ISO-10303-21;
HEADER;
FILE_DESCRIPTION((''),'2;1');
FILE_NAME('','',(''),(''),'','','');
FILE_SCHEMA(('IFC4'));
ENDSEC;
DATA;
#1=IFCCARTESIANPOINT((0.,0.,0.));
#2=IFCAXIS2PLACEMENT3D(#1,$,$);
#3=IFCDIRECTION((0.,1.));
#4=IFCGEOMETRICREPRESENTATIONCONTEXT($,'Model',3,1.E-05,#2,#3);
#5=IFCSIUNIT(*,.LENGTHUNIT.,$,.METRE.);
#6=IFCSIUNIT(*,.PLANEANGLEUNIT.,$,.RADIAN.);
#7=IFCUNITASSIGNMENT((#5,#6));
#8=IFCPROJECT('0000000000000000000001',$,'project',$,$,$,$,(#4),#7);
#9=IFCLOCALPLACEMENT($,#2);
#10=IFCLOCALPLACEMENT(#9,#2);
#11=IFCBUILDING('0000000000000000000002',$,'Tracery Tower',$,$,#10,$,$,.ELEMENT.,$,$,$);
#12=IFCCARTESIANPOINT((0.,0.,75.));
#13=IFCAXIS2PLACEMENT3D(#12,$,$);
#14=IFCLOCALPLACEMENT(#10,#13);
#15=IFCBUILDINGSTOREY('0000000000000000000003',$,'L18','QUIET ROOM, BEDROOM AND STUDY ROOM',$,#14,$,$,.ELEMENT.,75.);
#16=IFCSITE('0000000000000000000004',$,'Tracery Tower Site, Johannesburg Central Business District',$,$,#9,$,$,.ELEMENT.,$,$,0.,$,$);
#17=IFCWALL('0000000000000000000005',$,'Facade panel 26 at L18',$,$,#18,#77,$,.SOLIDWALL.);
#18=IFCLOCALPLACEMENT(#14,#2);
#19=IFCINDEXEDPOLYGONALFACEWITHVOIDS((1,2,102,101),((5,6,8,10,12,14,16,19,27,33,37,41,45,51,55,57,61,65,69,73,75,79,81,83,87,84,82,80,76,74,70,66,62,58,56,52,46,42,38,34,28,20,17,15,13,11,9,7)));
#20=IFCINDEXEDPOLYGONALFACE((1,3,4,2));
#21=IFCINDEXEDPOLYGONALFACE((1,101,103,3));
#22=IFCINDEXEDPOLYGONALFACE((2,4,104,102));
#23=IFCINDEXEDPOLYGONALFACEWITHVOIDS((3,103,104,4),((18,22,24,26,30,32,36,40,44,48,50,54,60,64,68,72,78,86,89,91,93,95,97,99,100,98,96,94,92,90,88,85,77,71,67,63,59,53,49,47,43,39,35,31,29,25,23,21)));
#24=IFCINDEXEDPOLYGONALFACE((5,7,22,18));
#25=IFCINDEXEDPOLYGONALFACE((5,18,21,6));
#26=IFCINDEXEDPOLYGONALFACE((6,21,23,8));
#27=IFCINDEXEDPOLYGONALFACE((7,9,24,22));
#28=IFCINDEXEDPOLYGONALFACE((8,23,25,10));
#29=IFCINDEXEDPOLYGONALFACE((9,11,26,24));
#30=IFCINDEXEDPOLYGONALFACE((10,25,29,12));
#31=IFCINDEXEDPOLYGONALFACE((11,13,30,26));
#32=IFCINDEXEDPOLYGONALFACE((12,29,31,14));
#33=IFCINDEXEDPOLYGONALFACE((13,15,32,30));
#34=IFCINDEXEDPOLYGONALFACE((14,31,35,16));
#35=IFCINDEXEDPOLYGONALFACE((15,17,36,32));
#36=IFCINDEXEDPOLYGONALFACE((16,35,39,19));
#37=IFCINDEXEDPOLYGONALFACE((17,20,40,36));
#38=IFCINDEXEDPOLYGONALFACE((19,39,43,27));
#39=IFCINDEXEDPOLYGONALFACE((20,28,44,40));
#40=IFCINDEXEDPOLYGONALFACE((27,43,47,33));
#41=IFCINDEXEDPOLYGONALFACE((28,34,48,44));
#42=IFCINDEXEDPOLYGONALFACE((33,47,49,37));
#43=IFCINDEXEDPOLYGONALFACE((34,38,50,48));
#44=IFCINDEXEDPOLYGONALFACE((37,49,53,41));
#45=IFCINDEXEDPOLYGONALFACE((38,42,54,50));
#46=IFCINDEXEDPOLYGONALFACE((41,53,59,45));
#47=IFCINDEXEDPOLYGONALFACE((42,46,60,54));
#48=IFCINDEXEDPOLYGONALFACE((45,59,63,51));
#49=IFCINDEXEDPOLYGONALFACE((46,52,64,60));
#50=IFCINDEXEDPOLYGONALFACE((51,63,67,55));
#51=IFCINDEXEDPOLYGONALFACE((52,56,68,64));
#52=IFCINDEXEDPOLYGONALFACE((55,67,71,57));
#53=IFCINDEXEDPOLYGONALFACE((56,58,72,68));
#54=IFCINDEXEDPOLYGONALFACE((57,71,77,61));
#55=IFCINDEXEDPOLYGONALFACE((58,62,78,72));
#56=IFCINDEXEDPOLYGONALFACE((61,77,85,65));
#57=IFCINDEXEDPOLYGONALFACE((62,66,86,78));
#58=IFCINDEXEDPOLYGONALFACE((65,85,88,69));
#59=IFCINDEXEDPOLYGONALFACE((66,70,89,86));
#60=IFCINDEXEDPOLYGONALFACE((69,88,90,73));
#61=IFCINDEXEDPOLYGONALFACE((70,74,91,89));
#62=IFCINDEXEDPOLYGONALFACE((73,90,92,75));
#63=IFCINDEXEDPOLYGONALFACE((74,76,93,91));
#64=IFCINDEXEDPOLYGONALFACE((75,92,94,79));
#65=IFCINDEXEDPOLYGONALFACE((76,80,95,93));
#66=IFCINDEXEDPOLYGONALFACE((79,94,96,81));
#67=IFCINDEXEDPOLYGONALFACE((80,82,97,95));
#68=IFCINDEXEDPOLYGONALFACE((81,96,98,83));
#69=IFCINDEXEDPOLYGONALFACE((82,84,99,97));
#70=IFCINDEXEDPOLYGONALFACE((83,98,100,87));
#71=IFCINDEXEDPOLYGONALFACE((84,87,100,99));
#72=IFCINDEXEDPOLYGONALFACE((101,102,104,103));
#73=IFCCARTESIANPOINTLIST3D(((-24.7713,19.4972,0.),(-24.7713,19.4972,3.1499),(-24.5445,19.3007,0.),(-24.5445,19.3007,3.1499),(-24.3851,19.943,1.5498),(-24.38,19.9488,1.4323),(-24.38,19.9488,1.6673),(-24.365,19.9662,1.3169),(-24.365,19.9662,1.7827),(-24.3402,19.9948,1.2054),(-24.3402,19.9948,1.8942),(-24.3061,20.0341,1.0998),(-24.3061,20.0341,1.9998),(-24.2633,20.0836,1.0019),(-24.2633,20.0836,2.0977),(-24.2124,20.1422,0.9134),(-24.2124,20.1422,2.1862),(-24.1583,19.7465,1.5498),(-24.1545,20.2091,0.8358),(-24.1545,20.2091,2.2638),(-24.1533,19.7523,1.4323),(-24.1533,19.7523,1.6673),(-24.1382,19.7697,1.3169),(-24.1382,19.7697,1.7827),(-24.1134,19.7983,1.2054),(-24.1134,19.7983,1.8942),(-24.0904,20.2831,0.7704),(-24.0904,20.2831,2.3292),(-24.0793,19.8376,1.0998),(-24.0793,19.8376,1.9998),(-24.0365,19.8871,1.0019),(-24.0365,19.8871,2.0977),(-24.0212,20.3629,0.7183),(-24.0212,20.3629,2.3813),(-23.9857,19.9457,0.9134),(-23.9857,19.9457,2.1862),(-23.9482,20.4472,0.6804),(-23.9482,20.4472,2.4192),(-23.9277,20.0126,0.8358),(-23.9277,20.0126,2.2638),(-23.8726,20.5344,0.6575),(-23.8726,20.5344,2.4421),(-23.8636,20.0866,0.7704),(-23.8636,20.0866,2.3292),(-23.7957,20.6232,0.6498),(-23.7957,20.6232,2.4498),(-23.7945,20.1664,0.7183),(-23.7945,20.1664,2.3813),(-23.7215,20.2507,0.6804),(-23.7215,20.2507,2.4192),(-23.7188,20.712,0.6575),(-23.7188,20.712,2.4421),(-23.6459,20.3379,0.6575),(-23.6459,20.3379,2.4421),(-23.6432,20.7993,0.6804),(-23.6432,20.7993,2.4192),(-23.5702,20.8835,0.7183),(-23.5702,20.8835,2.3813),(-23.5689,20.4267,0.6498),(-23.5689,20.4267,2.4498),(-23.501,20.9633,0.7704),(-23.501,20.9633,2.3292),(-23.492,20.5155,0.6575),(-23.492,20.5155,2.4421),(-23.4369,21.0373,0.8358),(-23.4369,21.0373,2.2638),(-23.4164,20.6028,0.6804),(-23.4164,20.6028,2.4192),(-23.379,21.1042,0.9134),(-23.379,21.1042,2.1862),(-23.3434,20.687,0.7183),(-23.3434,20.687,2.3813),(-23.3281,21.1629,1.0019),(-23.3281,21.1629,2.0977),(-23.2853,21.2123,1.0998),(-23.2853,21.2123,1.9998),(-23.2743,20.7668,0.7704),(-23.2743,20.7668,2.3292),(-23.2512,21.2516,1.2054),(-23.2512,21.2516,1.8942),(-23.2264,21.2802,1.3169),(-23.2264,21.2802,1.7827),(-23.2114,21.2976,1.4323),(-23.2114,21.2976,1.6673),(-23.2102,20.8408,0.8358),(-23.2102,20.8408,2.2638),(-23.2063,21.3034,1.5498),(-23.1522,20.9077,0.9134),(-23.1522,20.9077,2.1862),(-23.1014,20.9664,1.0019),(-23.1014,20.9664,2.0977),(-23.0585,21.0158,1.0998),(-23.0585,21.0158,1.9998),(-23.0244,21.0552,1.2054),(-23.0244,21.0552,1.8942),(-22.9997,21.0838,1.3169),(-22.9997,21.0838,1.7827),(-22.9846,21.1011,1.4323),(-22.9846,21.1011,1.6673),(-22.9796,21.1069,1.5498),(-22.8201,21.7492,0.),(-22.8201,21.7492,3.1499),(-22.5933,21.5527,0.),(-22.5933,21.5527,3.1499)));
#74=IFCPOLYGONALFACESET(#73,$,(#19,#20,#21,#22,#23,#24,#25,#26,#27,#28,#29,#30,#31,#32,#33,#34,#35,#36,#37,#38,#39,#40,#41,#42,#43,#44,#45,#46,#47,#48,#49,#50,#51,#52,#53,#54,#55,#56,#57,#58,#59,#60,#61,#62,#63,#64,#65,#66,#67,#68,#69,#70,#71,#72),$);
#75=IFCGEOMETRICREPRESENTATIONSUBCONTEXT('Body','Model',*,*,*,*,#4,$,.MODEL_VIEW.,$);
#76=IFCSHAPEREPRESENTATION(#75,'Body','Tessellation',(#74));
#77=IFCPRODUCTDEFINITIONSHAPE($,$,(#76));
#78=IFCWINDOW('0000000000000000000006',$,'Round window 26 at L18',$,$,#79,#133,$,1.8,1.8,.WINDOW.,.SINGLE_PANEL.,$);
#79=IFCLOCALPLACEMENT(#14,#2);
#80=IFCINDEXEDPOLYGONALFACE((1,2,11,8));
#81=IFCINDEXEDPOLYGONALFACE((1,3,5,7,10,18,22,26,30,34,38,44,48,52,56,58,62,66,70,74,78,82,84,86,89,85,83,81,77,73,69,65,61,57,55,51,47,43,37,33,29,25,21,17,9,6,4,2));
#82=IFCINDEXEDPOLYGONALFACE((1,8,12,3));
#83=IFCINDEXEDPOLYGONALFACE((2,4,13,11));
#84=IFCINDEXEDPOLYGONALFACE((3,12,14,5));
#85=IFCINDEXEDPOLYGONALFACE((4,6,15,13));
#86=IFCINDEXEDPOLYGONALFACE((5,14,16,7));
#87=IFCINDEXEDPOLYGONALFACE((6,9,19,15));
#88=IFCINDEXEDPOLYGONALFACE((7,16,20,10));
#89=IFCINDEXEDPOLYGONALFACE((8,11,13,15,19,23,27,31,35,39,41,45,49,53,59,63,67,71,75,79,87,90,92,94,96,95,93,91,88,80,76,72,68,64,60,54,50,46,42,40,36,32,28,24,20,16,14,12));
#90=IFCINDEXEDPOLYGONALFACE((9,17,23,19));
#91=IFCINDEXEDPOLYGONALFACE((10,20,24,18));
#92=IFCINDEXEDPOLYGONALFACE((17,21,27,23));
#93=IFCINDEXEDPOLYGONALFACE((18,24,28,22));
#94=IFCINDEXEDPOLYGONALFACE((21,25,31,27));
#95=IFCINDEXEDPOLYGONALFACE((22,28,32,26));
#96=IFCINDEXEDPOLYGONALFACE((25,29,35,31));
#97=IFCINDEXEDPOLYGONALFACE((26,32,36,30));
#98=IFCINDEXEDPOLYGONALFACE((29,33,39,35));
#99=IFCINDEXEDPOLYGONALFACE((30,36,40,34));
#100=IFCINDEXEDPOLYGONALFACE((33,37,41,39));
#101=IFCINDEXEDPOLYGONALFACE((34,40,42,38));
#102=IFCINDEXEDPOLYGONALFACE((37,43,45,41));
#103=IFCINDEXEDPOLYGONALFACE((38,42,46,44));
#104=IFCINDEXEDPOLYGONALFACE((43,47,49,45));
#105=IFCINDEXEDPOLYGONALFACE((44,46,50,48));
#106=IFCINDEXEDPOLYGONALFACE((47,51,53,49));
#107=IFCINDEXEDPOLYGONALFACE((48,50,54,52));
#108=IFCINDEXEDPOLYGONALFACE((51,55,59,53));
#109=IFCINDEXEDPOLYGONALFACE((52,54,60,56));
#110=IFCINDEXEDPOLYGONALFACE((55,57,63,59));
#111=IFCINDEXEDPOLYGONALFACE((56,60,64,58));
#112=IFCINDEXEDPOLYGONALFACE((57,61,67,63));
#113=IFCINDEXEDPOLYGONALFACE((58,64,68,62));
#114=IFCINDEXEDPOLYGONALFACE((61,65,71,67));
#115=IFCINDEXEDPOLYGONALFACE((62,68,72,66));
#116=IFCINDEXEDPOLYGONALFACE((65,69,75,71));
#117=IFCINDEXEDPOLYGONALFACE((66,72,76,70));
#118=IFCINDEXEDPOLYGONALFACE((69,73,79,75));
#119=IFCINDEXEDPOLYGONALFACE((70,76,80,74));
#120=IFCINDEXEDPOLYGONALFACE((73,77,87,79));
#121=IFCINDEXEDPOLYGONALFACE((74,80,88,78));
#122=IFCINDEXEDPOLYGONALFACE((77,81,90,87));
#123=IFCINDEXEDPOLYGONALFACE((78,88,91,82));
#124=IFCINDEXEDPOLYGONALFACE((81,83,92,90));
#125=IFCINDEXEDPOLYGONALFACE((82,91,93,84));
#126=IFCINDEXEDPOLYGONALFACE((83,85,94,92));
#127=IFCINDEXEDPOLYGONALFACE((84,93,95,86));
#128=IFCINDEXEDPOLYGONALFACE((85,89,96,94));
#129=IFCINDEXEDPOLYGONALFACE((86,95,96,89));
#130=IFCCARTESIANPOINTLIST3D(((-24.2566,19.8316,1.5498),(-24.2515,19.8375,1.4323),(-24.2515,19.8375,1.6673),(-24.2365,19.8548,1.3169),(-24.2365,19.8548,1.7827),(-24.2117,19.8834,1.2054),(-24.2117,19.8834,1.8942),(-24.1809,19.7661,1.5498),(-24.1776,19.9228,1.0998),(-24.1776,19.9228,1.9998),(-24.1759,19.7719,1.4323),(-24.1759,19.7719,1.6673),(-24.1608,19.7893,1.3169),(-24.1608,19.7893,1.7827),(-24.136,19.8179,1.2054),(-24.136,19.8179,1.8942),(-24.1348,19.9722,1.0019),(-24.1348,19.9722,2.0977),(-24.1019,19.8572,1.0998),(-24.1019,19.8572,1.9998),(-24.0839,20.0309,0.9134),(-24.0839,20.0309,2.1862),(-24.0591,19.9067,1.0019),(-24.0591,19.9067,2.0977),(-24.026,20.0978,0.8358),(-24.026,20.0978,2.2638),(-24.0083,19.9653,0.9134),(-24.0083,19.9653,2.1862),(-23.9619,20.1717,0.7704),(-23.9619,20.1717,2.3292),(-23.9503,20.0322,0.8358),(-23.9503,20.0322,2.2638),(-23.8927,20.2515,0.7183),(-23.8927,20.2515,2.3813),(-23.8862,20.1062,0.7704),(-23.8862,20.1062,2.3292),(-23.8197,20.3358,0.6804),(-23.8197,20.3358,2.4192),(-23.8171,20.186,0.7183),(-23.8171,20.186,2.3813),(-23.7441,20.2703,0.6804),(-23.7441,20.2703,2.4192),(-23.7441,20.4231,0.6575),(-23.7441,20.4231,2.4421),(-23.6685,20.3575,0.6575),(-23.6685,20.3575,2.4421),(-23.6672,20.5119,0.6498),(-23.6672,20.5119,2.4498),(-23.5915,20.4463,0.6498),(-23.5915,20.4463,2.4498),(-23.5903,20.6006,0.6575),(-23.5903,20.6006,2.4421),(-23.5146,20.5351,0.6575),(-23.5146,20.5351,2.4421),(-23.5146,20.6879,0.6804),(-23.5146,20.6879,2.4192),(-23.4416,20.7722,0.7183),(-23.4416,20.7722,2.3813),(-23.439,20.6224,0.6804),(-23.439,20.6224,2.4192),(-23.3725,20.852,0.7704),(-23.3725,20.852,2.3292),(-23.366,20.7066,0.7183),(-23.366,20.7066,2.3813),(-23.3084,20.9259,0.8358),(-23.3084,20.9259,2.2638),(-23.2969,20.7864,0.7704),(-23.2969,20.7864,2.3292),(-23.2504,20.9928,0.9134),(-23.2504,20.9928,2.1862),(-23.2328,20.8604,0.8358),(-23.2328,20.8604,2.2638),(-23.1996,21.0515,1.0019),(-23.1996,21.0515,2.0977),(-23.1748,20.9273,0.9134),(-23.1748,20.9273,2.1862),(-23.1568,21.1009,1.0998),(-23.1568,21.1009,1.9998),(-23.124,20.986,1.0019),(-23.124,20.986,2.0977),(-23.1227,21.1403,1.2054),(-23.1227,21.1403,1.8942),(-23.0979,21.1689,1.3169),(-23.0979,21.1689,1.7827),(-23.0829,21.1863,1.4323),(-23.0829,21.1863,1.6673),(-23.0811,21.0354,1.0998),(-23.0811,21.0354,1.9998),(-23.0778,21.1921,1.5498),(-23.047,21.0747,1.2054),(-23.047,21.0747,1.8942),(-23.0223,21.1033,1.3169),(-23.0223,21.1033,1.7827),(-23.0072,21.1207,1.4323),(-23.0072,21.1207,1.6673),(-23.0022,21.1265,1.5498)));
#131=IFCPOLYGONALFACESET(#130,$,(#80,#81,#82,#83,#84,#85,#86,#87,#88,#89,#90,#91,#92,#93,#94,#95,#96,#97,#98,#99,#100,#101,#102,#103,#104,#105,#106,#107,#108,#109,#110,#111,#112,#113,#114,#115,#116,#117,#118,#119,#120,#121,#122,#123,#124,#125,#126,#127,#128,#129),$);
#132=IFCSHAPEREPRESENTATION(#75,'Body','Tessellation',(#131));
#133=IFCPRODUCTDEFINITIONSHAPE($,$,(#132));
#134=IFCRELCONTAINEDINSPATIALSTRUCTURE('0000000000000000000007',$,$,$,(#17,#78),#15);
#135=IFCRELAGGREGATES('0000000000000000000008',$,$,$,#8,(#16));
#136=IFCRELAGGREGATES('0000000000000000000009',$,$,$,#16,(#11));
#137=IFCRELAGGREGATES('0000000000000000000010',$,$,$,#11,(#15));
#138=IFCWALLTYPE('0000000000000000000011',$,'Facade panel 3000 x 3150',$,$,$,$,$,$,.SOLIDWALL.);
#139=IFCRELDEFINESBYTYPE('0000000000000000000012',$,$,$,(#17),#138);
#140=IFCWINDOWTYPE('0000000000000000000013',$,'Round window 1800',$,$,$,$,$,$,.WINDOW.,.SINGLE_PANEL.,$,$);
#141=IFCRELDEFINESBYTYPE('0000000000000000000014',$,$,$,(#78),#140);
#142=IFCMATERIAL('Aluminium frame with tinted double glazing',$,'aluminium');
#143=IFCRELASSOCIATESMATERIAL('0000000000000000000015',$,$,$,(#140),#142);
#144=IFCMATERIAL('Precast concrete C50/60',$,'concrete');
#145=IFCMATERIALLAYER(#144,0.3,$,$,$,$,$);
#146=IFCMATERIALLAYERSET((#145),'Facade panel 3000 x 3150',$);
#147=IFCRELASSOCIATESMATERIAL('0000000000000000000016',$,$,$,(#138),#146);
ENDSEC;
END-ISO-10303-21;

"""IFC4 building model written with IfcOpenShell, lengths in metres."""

from ifc_helpers import new_model, si_unit, direction, frame, frame_2d, origin, origin_2d, place, context, subcontext, project, spatial, rectangle, circle, extrude, material, layer, layer_set, type_object, element, fill, save


model = new_model("IFC4")

# Units and contexts
model_context = context("Model", 3, precision=1e-05, world=origin(), true_north=direction((0.0, 1.0)))
body_context = subcontext(model_context, "Body", "Model", "MODEL_VIEW")
ifc_project = project(units=[si_unit("LENGTHUNIT", "METRE"), si_unit("PLANEANGLEUNIT", "RADIAN")], contexts=[model_context])

# Site, building, storey
site_placement = place(None, origin())
site = spatial("IfcSite", under=ifc_project, at=site_placement, Name="Tracery Tower Site, Johannesburg Central Business District", CompositionType="ELEMENT", RefElevation=0.0)
building_placement = place(site_placement, origin())
building = spatial("IfcBuilding", under=site, at=building_placement, Name="Tracery Tower", CompositionType="ELEMENT")
storey_placement = place(building_placement, frame((0.0, 0.0, 75.0)))
storey = spatial("IfcBuildingStorey", under=building, at=storey_placement, Name="L18", Description="QUIET ROOM, BEDROOM AND STUDY ROOM", CompositionType="ELEMENT", Elevation=75.0)

# Wall, opening, window
ifc_material_1 = material(Name="Aluminium frame with tinted double glazing", Category="aluminium")
window_type = type_object("IfcWindowType", Name="Round window 1800", PartitioningType="SINGLE_PANEL", PredefinedType="WINDOW", material=ifc_material_1)
ifc_material_2 = material(Name="Precast concrete C50/60", Category="concrete")
ifc_layer_1 = layer(ifc_material_2, 0.3)
ifc_layer_set_1 = layer_set([ifc_layer_1], Name="Facade panel 3000 x 3150")
wall_type_1 = type_object("IfcWallType", Name="Facade panel 3000 x 3150", PredefinedType="SOLIDWALL", material=ifc_layer_set_1)
wall_1_placement = place(storey_placement, frame((-22.7068, 21.6509, 0.0), z_axis=(0.0, 0.0, 1.0), x_axis=(-0.654831, -0.755776, 0.0)))
wall_1 = element("IfcWall", 1, at=wall_1_placement, inside=storey, type_object=wall_type_1, Name="Facade panel 26 at L18", PredefinedType="SOLIDWALL", context=body_context, shape_type="SweptSolid", body=[
    extrude(rectangle(XDim=2.9797, YDim=0.3, at=frame_2d((1.4897, 0.0))), origin(), (0.0, 0.0, 1.0), 3.1499),
])
opening_1_placement = place(wall_1_placement, frame((1.4897, 0.0, 1.5498)))
opening_1 = element("IfcOpeningElement", 2, at=opening_1_placement, cuts=wall_1, PredefinedType="OPENING", context=body_context, shape_type="SweptSolid", body=[
    extrude(circle(Radius=0.9, at=origin_2d()), frame((0.0, 0.1599, 0.0), z_axis=(0.0, -1.0, 0.0), x_axis=(1.0, 0.0, 0.0)), (0.0, 0.0, 1.0), 0.3201),
])
window_1_placement = place(opening_1_placement, origin())
window_1 = element("IfcWindow", 3, at=window_1_placement, inside=storey, type_object=window_type, Name="Round window 26 at L18", OverallHeight=1.8, OverallWidth=1.8, PartitioningType="SINGLE_PANEL", PredefinedType="WINDOW", context=body_context, shape_type="SweptSolid", body=[
    extrude(circle(Radius=0.9, at=origin_2d()), frame((0.0, 0.1201, 0.0), z_axis=(0.0, -1.0, 0.0), x_axis=(1.0, 0.0, 0.0)), (0.0, 0.0, 1.0), 0.1001),
])
fill(opening_1, window_1)

save(model, "model.ifc")
